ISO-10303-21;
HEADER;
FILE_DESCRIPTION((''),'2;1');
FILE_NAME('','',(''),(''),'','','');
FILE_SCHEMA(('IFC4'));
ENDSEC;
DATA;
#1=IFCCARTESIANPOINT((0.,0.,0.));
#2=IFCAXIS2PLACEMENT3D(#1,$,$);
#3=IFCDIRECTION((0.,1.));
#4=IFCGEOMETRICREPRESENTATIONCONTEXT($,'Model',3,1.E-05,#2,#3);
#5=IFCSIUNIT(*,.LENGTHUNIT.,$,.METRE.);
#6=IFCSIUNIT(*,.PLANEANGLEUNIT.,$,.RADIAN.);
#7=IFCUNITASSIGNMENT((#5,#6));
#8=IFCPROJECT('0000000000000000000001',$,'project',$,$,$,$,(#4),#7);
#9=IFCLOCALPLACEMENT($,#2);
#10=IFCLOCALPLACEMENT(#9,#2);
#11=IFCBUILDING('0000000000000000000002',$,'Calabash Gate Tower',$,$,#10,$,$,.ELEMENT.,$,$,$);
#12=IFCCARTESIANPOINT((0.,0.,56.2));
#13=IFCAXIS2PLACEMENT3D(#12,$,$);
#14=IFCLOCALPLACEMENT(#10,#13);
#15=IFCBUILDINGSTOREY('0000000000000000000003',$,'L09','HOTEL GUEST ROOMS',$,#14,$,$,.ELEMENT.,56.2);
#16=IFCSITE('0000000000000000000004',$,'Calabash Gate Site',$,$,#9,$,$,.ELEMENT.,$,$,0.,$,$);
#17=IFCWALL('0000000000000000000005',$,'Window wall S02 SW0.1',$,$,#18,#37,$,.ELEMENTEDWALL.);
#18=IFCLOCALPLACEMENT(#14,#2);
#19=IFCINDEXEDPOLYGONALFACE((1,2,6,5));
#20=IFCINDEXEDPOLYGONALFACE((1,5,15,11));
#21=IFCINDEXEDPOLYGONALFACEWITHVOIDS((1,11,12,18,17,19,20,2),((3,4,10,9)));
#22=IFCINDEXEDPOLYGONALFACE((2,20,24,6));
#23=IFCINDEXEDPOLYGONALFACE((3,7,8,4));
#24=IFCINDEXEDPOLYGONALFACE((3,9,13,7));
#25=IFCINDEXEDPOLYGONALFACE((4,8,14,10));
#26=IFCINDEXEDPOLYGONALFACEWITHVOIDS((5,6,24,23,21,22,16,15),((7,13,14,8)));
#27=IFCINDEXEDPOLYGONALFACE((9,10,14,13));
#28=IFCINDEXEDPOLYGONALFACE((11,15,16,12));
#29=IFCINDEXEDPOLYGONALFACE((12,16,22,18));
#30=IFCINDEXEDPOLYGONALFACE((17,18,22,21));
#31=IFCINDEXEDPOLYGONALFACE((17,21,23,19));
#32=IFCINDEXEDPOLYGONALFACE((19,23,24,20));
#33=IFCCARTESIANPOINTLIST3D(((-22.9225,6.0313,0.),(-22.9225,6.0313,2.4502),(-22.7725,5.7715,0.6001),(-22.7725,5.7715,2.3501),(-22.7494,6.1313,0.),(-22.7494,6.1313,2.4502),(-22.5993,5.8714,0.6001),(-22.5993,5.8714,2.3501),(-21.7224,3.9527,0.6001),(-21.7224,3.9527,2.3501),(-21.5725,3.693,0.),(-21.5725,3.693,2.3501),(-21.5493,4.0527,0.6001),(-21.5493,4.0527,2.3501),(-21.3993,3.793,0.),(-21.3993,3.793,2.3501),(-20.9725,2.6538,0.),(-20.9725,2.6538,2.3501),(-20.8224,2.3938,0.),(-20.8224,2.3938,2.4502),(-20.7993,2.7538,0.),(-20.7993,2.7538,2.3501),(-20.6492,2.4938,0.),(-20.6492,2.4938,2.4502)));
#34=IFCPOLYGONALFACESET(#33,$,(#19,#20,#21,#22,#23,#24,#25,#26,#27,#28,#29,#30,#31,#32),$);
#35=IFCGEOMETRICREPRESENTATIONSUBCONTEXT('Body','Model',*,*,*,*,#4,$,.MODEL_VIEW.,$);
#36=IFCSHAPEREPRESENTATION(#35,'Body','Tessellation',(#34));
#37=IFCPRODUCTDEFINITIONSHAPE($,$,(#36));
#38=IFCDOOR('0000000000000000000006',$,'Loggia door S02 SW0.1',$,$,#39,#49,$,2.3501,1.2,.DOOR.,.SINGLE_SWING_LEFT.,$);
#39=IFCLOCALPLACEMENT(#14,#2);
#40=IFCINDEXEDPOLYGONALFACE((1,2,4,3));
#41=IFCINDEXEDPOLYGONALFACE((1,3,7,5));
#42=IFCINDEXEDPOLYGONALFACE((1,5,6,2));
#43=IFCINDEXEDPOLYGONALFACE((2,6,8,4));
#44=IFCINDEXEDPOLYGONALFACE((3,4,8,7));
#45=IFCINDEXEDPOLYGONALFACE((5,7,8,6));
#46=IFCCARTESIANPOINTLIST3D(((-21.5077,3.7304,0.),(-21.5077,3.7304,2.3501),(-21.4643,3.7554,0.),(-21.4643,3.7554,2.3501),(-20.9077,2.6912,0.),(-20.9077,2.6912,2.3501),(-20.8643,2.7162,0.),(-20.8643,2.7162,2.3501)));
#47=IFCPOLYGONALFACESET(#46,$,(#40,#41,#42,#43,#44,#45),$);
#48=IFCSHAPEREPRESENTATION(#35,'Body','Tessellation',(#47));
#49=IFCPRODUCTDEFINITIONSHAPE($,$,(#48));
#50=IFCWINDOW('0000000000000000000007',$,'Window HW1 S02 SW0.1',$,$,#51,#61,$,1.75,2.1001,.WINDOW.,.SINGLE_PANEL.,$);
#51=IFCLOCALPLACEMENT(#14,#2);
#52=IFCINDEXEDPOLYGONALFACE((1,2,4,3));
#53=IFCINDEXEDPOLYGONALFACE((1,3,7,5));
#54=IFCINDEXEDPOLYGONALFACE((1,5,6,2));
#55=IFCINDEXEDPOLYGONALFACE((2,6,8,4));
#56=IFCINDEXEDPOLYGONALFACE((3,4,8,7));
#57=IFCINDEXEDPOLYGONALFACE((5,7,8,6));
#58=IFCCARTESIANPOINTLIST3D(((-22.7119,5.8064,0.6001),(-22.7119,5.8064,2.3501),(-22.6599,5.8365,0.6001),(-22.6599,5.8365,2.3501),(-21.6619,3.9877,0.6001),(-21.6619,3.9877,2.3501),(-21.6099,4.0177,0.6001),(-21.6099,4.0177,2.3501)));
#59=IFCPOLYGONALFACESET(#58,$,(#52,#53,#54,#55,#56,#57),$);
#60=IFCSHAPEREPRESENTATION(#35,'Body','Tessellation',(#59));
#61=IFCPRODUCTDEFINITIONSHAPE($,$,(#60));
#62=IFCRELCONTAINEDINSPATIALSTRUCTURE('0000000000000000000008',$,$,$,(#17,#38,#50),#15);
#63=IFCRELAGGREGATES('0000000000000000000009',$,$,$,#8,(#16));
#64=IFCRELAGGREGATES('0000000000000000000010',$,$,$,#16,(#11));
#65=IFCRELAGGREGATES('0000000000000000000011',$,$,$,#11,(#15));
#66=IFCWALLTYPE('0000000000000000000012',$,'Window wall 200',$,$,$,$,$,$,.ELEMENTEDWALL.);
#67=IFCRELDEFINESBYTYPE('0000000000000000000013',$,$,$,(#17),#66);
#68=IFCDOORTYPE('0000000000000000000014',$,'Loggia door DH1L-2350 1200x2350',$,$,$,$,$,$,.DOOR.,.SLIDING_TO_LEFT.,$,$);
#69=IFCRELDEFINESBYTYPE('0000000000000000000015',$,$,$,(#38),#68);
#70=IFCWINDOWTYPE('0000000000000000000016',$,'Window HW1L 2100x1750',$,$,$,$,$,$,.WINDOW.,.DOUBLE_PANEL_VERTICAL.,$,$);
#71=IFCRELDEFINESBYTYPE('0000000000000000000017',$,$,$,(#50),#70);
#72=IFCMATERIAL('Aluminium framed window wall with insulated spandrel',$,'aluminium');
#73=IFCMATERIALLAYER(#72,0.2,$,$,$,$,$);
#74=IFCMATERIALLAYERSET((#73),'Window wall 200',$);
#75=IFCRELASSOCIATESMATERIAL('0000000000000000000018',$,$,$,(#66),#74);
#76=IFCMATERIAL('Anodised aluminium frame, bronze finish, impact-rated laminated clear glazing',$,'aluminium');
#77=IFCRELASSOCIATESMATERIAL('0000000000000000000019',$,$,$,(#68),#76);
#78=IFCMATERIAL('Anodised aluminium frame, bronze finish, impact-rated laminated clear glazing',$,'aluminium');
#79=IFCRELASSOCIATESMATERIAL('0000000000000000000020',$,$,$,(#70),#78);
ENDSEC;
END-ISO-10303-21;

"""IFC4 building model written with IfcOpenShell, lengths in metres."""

from ifc_helpers import new_model, si_unit, direction, frame, frame_2d, origin, place, context, subcontext, project, spatial, rectangle, extrude, material, layer, layer_set, type_object, element, fill, save


model = new_model("IFC4")

# Units and contexts
model_context = context("Model", 3, precision=1e-05, world=origin(), true_north=direction((0.0, 1.0)))
body_context = subcontext(model_context, "Body", "Model", "MODEL_VIEW")
ifc_project = project(units=[si_unit("LENGTHUNIT", "METRE"), si_unit("PLANEANGLEUNIT", "RADIAN")], contexts=[model_context])

# Site, building, storey
site_placement = place(None, origin())
site = spatial("IfcSite", under=ifc_project, at=site_placement, Name="Calabash Gate Site", CompositionType="ELEMENT", RefElevation=0.0)
building_placement = place(site_placement, origin())
building = spatial("IfcBuilding", under=site, at=building_placement, Name="Calabash Gate Tower", CompositionType="ELEMENT")
storey_placement = place(building_placement, frame((0.0, 0.0, 56.2)))
storey = spatial("IfcBuildingStorey", under=building, at=storey_placement, Name="L09", Description="HOTEL GUEST ROOMS", CompositionType="ELEMENT", Elevation=56.2)

# Wall, openings, door, window
ifc_material_1 = material(Name="Aluminium framed window wall with insulated spandrel", Category="aluminium")
ifc_layer_1 = layer(ifc_material_1, 0.2)
ifc_layer_set_1 = layer_set([ifc_layer_1], Name="Window wall 200")
wall_type_1 = type_object("IfcWallType", Name="Window wall 200", PredefinedType="ELEMENTEDWALL", material=ifc_layer_set_1)
wall_1_placement = place(storey_placement, frame((-22.8359, 6.0813, 0.0), z_axis=(0.0, 0.0, 1.0), x_axis=(0.500003, -0.866024, 0.0)))
wall_1 = element("IfcWall", 1, at=wall_1_placement, inside=storey, type_object=wall_type_1, Name="Window wall S02 SW0.1", PredefinedType="ELEMENTEDWALL", context=body_context, shape_type="SweptSolid", body=[
    extrude(rectangle(XDim=4.2002, YDim=0.2, at=frame_2d((2.1001, 0.0))), origin(), (0.0, 0.0, 1.0), 2.4502),
])
opening_1_placement = place(wall_1_placement, frame((0.3, 0.0, 0.6001)))
opening_1 = element("IfcOpeningElement", 2, at=opening_1_placement, cuts=wall_1, PredefinedType="OPENING", context=body_context, shape_type="SweptSolid", body=[
    extrude(rectangle(XDim=2.1001, YDim=1.75, at=frame_2d((1.05, 0.875))), frame((0.0, 0.1099, 0.0), z_axis=(0.0, -1.0, 0.0), x_axis=(1.0, 0.0, 0.0)), (0.0, 0.0, 1.0), 0.22),
])
opening_2_placement = place(wall_1_placement, frame((2.7, 0.0, 0.0)))
opening_2 = element("IfcOpeningElement", 3, at=opening_2_placement, cuts=wall_1, PredefinedType="OPENING", context=body_context, shape_type="SweptSolid", body=[
    extrude(rectangle(XDim=1.2, YDim=2.3501, at=frame_2d((0.6001, 1.175))), frame((0.0, 0.1099, 0.0), z_axis=(0.0, -1.0, 0.0), x_axis=(1.0, 0.0, 0.0)), (0.0, 0.0, 1.0), 0.22),
])
ifc_material_2 = material(Name="Anodised aluminium frame, bronze finish, impact-rated laminated clear glazing", Category="aluminium")
door_type_1 = type_object("IfcDoorType", Name="Loggia door DH1L-2350 1200x2350", OperationType="SLIDING_TO_LEFT", PredefinedType="DOOR", material=ifc_material_2)
door_1_placement = place(opening_2_placement, origin())
door_1 = element("IfcDoor", 4, at=door_1_placement, inside=storey, type_object=door_type_1, Name="Loggia door S02 SW0.1", OperationType="SINGLE_SWING_LEFT", OverallHeight=2.3501, OverallWidth=1.2, PredefinedType="DOOR", context=body_context, shape_type="SweptSolid", body=[
    extrude(rectangle(XDim=1.2, YDim=2.3501, at=frame_2d((0.6001, 1.175))), frame((0.0, 0.0249, 0.0), z_axis=(0.0, -1.0, 0.0), x_axis=(1.0, 0.0, 0.0)), (0.0, 0.0, 1.0), 0.05),
])
fill(opening_2, door_1)
ifc_material_3 = material(Name="Anodised aluminium frame, bronze finish, impact-rated laminated clear glazing", Category="aluminium")
window_type = type_object("IfcWindowType", Name="Window HW1L 2100x1750", PartitioningType="DOUBLE_PANEL_VERTICAL", PredefinedType="WINDOW", material=ifc_material_3)
window_placement = place(opening_1_placement, origin())
window = element("IfcWindow", 5, at=window_placement, inside=storey, type_object=window_type, Name="Window HW1 S02 SW0.1", OverallHeight=1.75, OverallWidth=2.1001, PartitioningType="SINGLE_PANEL", PredefinedType="WINDOW", context=body_context, shape_type="SweptSolid", body=[
    extrude(rectangle(XDim=2.1001, YDim=1.75, at=frame_2d((1.05, 0.875))), frame((0.0, 0.03, 0.0), z_axis=(0.0, -1.0, 0.0), x_axis=(1.0, 0.0, 0.0)), (0.0, 0.0, 1.0), 0.0601),
])
fill(opening_1, window)

save(model, "model.ifc")
